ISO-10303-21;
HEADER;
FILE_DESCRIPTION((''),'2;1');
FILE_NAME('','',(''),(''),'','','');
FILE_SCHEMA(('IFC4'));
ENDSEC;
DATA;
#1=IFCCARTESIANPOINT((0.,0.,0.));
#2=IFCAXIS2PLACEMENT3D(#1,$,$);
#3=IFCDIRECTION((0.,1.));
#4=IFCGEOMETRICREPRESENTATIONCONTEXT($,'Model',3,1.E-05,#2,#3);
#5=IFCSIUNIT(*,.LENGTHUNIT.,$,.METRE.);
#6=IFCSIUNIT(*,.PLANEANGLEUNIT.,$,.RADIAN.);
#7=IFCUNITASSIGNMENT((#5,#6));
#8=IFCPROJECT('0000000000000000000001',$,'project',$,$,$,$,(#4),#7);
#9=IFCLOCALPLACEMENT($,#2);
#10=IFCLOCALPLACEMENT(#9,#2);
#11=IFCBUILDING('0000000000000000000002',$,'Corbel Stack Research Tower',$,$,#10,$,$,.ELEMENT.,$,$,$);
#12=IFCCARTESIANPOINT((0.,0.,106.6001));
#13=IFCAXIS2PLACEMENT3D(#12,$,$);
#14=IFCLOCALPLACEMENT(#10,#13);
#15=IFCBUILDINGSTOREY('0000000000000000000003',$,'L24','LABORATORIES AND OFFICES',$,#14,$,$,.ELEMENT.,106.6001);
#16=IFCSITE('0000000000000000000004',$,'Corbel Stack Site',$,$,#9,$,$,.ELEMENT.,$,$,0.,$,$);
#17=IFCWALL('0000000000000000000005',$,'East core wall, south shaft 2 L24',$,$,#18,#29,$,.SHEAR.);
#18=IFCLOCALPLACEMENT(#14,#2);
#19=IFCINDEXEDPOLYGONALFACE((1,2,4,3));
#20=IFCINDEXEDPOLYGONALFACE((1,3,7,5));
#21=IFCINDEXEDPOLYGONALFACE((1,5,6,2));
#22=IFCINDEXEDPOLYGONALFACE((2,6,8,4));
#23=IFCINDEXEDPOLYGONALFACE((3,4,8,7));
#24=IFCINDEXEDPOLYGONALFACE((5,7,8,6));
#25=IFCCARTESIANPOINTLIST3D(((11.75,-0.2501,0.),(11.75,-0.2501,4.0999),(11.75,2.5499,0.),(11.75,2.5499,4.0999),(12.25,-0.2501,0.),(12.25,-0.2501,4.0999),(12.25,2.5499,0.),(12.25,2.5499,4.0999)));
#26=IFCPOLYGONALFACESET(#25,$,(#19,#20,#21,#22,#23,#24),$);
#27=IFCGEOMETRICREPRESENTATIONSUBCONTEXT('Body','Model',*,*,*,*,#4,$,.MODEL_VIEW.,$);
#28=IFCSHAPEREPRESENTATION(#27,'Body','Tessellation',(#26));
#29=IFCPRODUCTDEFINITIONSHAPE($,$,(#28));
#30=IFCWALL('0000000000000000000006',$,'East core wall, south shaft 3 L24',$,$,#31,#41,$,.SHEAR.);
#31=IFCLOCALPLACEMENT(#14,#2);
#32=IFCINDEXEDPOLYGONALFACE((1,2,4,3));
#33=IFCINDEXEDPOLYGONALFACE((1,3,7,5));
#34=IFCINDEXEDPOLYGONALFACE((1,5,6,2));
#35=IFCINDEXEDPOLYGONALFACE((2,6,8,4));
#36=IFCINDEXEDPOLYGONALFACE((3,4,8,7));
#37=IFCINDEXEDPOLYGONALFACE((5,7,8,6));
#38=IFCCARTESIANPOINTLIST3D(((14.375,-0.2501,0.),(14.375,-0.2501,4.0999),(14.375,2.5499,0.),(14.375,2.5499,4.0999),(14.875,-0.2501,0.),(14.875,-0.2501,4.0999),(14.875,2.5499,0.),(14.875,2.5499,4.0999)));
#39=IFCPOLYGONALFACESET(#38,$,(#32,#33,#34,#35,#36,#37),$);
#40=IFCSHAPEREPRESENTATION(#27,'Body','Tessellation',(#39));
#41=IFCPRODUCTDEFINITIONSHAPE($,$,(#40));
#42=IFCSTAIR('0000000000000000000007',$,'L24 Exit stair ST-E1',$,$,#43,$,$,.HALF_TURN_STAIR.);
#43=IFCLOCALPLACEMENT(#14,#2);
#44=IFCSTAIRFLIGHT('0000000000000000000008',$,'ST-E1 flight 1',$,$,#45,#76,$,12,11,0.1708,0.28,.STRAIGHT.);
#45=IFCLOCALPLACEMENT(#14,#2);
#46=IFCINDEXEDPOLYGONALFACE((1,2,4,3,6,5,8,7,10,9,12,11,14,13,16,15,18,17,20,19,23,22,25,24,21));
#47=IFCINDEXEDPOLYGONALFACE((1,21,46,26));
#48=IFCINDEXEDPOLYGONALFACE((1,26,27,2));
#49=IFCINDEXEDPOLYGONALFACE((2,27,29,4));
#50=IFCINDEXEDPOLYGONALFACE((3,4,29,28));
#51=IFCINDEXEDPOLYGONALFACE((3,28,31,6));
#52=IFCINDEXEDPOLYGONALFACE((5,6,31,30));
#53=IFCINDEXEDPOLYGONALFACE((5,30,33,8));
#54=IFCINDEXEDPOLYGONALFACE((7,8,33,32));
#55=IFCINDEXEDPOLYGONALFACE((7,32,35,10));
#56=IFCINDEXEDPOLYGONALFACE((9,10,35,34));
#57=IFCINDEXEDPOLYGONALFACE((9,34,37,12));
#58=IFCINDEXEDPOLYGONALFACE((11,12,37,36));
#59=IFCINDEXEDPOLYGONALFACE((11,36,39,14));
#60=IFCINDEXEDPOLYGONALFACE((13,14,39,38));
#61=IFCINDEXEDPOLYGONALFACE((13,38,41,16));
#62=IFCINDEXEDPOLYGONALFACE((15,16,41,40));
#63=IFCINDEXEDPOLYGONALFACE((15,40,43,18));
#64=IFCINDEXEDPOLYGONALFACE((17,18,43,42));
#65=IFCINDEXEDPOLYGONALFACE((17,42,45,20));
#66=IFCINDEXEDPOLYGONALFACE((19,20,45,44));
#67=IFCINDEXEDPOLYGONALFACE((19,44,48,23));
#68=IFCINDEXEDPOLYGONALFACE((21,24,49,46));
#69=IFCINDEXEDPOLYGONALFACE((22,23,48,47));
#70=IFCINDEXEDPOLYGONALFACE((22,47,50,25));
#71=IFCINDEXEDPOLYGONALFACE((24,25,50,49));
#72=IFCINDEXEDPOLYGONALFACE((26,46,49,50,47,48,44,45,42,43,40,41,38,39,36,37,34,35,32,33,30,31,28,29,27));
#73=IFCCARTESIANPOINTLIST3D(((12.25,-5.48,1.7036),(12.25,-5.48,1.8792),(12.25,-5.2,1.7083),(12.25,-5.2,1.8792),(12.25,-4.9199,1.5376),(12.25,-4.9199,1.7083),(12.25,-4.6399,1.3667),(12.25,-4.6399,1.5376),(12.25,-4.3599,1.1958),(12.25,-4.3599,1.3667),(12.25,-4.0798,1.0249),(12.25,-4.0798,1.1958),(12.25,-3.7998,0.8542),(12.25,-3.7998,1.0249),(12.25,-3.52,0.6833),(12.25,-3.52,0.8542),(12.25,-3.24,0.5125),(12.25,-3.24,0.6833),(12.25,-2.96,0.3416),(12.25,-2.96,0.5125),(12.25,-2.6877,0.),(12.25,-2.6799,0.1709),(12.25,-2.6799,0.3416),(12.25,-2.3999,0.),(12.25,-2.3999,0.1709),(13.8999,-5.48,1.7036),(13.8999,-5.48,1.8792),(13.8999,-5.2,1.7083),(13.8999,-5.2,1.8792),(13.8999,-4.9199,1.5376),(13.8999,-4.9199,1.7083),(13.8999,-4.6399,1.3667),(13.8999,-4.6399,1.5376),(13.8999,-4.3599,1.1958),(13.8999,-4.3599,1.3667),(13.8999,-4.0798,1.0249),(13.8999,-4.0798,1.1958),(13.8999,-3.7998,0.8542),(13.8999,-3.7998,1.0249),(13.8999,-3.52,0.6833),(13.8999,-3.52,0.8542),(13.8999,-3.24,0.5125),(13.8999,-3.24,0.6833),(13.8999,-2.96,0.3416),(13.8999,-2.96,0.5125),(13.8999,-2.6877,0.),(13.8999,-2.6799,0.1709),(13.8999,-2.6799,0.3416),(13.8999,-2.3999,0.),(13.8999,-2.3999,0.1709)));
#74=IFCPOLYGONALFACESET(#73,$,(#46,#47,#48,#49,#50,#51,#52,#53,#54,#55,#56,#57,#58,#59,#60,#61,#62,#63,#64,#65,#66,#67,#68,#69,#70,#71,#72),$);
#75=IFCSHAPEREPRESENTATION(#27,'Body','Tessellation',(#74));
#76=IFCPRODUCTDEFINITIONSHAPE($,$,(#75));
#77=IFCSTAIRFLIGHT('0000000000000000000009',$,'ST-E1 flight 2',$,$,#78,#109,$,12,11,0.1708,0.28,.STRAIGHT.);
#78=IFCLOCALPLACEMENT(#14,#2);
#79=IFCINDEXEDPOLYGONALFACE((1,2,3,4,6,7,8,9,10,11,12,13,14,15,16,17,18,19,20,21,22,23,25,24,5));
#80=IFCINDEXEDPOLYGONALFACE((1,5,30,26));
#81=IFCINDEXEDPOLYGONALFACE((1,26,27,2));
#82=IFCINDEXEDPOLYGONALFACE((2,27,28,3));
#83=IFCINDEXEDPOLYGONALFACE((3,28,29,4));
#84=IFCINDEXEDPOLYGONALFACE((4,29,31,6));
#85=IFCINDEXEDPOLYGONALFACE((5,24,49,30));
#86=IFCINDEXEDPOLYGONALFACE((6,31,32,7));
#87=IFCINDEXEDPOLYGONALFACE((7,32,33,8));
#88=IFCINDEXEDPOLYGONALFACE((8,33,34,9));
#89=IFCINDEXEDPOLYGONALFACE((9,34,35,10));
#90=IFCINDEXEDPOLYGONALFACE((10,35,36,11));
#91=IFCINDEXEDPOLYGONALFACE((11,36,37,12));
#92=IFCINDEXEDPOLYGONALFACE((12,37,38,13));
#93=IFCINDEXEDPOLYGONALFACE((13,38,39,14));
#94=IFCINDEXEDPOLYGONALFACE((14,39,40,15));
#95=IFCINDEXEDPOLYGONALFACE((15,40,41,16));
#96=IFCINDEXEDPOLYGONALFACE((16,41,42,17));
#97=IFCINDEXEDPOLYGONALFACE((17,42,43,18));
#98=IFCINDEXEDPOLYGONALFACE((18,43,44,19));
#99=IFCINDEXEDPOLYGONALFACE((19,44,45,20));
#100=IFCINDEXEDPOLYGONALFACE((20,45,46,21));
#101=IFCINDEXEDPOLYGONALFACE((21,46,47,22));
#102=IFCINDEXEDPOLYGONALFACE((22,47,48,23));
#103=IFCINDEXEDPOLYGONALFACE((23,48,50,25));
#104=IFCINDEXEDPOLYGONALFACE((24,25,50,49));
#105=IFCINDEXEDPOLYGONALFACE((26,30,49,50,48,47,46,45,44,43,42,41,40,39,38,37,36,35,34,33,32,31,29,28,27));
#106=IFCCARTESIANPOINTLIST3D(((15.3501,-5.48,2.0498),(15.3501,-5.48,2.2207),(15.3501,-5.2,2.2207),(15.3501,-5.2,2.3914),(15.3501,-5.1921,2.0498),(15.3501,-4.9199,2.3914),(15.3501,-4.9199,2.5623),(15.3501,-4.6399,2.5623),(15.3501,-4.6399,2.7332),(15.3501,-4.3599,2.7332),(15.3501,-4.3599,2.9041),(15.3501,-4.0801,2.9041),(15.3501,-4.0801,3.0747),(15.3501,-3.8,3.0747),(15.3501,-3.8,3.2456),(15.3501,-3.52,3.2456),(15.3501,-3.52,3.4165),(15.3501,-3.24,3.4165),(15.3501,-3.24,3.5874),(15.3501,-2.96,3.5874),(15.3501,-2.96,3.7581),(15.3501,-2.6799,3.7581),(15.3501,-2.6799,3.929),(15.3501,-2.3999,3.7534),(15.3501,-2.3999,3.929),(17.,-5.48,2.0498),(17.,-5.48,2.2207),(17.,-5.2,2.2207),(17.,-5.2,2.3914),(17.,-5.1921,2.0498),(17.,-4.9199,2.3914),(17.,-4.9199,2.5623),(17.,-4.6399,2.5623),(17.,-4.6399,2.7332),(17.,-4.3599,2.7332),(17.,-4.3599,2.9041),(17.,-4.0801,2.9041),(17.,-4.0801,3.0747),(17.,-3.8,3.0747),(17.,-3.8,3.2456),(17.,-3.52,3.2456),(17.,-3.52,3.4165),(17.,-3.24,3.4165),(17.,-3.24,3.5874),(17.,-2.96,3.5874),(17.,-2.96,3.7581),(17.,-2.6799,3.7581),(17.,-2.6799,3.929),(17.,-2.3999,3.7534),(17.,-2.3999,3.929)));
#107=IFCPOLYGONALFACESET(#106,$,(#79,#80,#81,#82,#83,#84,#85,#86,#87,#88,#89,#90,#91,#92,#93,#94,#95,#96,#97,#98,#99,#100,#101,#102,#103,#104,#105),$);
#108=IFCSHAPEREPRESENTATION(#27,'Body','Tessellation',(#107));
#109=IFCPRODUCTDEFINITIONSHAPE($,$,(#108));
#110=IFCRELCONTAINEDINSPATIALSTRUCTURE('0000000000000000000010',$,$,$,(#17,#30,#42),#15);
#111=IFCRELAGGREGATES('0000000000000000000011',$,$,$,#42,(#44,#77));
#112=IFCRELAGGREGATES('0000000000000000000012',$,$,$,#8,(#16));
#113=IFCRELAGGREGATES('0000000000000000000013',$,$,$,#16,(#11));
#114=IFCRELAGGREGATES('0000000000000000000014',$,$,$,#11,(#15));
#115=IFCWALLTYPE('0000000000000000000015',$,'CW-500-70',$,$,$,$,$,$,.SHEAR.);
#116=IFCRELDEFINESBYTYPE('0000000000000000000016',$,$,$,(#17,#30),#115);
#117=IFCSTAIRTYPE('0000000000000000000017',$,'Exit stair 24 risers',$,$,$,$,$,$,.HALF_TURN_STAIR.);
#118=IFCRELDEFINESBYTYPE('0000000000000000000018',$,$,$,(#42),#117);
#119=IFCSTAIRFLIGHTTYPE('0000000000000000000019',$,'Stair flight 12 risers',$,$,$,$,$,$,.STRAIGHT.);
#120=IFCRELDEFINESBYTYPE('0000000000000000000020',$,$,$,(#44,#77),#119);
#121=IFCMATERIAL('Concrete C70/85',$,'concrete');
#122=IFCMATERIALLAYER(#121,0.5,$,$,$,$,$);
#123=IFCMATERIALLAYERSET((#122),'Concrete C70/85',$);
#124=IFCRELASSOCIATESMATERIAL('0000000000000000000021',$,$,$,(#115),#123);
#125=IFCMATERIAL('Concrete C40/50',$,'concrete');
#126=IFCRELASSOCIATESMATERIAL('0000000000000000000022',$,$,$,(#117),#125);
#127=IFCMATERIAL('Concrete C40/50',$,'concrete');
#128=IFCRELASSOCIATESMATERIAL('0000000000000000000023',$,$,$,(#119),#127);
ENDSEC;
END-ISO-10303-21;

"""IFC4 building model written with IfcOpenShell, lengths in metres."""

from ifc_helpers import new_model, si_unit, direction, frame, frame_2d, origin, place, context, subcontext, project, spatial, polyline, rectangle, outline, extrude, material, layer, layer_set, type_object, element, aggregate, save


model = new_model("IFC4")

# Units and contexts
model_context = context("Model", 3, precision=1e-05, world=origin(), true_north=direction((0.0, 1.0)))
body_context = subcontext(model_context, "Body", "Model", "MODEL_VIEW")
ifc_project = project(units=[si_unit("LENGTHUNIT", "METRE"), si_unit("PLANEANGLEUNIT", "RADIAN")], contexts=[model_context])

# Site, building, storey
site_placement = place(None, origin())
site = spatial("IfcSite", under=ifc_project, at=site_placement, Name="Corbel Stack Site", CompositionType="ELEMENT", RefElevation=0.0)
building_placement = place(site_placement, origin())
building = spatial("IfcBuilding", under=site, at=building_placement, Name="Corbel Stack Research Tower", CompositionType="ELEMENT")
storey_placement = place(building_placement, frame((0.0, 0.0, 106.6001)))
storey = spatial("IfcBuildingStorey", under=building, at=storey_placement, Name="L24", Description="LABORATORIES AND OFFICES", CompositionType="ELEMENT", Elevation=106.6001)

# Walls
ifc_material_1 = material(Name="Concrete C70/85", Category="concrete")
ifc_layer_1 = layer(ifc_material_1, 0.5)
ifc_layer_set_1 = layer_set([ifc_layer_1], Name="Concrete C70/85")
wall_type_1 = type_object("IfcWallType", Name="CW-500-70", PredefinedType="SHEAR", material=ifc_layer_set_1)
for number, where, z_axis, x_axis, name in (
    (1, (12.0, -0.25, 0.0), (0.0, 0.0, 1.0), (0.0, 1.0, 0.0), "East core wall, south shaft 2 L24"),
    (2, (14.625, -0.25, 0.0), (0.0, 0.0, 1.0), (0.0, 1.0, 0.0), "East core wall, south shaft 3 L24"),
):
    element("IfcWall", number, at=place(storey_placement, frame(where, z_axis=z_axis, x_axis=x_axis)), inside=storey, type_object=wall_type_1, Name=name, PredefinedType="SHEAR", context=body_context, shape_type="SweptSolid", body=[
        extrude(rectangle(XDim=2.8, YDim=0.5, at=frame_2d((1.3999, 0.0))), origin(), (0.0, 0.0, 1.0), 4.0999),
    ])

# Stair, stair flights
ifc_material_2 = material(Name="Concrete C40/50", Category="concrete")
stair_type = type_object("IfcStairType", Name="Exit stair 24 risers", PredefinedType="HALF_TURN_STAIR", material=ifc_material_2)
stair_placement = place(storey_placement, origin())
stair = element("IfcStair", 3, at=stair_placement, inside=storey, type_object=stair_type, Name="L24 Exit stair ST-E1", PredefinedType="HALF_TURN_STAIR")
ifc_material_3 = material(Name="Concrete C40/50", Category="concrete")
stair_flight_type = type_object("IfcStairFlightType", Name="Stair flight 12 risers", PredefinedType="STRAIGHT", material=ifc_material_3)
stair_flight_1_placement = place(storey_placement, frame((13.075, -2.3999, 0.0), z_axis=(0.0, 0.0, 1.0), x_axis=(0.0, -1.0, 0.0)))
stair_flight_1 = element("IfcStairFlight", 4, at=stair_flight_1_placement, type_object=stair_flight_type, Name="ST-E1 flight 1", NumberOfRisers=12, NumberOfTreads=11, PredefinedType="STRAIGHT", RiserHeight=0.1708, TreadLength=0.28, context=body_context, shape_type="SweptSolid", body=[
    extrude(outline(polyline([(0.0, 0.0), (0.0, 0.1709), (0.28, 0.1709), (0.28, 0.3416), (0.5601, 0.3416), (0.5601, 0.5125), (0.8401, 0.5125), (0.8401, 0.6833), (1.1201, 0.6833), (1.1201, 0.8542), (1.3999, 0.8542), (1.3999, 1.0249), (1.6799, 1.0249), (1.6799, 1.1958), (1.96, 1.1958), (1.96, 1.3667), (2.24, 1.3667), (2.24, 1.5376), (2.52, 1.5376), (2.52, 1.7083), (2.8, 1.7083), (2.8, 1.8792), (3.0801, 1.8792), (3.0801, 2.05), (3.0801, 1.7036), (0.2878, 0.0), (0.0, 0.0)])), frame((0.0, 0.825, 0.0), z_axis=(0.0, -1.0, 0.0), x_axis=(1.0, 0.0, 0.0)), (0.0, 0.0, 1.0), 1.6499),
])
stair_flight_2_placement = place(storey_placement, frame((16.175, -5.48, 2.0498), z_axis=(0.0, 0.0, 1.0), x_axis=(0.0, 1.0, 0.0)))
stair_flight_2 = element("IfcStairFlight", 5, at=stair_flight_2_placement, type_object=stair_flight_type, Name="ST-E1 flight 2", NumberOfRisers=12, NumberOfTreads=11, PredefinedType="STRAIGHT", RiserHeight=0.1708, TreadLength=0.28, context=body_context, shape_type="SweptSolid", body=[
    extrude(outline(polyline([(0.0, 0.0), (0.0, 0.1709), (0.28, 0.1709), (0.28, 0.3416), (0.5601, 0.3416), (0.5601, 0.5125), (0.8401, 0.5125), (0.8401, 0.6833), (1.1201, 0.6833), (1.1201, 0.8542), (1.3999, 0.8542), (1.3999, 1.0249), (1.6799, 1.0249), (1.6799, 1.1958), (1.96, 1.1958), (1.96, 1.3667), (2.24, 1.3667), (2.24, 1.5376), (2.52, 1.5376), (2.52, 1.7083), (2.8, 1.7083), (2.8, 1.8792), (3.0801, 1.8792), (3.0801, 2.05), (3.0801, 1.7036), (0.2878, 0.0), (0.0, 0.0)])), frame((0.0, 0.825, 0.0), z_axis=(0.0, -1.0, 0.0), x_axis=(1.0, 0.0, 0.0)), (0.0, 0.0, 1.0), 1.6499),
])
aggregate(stair, [stair_flight_1, stair_flight_2])

save(model, "model.ifc")
